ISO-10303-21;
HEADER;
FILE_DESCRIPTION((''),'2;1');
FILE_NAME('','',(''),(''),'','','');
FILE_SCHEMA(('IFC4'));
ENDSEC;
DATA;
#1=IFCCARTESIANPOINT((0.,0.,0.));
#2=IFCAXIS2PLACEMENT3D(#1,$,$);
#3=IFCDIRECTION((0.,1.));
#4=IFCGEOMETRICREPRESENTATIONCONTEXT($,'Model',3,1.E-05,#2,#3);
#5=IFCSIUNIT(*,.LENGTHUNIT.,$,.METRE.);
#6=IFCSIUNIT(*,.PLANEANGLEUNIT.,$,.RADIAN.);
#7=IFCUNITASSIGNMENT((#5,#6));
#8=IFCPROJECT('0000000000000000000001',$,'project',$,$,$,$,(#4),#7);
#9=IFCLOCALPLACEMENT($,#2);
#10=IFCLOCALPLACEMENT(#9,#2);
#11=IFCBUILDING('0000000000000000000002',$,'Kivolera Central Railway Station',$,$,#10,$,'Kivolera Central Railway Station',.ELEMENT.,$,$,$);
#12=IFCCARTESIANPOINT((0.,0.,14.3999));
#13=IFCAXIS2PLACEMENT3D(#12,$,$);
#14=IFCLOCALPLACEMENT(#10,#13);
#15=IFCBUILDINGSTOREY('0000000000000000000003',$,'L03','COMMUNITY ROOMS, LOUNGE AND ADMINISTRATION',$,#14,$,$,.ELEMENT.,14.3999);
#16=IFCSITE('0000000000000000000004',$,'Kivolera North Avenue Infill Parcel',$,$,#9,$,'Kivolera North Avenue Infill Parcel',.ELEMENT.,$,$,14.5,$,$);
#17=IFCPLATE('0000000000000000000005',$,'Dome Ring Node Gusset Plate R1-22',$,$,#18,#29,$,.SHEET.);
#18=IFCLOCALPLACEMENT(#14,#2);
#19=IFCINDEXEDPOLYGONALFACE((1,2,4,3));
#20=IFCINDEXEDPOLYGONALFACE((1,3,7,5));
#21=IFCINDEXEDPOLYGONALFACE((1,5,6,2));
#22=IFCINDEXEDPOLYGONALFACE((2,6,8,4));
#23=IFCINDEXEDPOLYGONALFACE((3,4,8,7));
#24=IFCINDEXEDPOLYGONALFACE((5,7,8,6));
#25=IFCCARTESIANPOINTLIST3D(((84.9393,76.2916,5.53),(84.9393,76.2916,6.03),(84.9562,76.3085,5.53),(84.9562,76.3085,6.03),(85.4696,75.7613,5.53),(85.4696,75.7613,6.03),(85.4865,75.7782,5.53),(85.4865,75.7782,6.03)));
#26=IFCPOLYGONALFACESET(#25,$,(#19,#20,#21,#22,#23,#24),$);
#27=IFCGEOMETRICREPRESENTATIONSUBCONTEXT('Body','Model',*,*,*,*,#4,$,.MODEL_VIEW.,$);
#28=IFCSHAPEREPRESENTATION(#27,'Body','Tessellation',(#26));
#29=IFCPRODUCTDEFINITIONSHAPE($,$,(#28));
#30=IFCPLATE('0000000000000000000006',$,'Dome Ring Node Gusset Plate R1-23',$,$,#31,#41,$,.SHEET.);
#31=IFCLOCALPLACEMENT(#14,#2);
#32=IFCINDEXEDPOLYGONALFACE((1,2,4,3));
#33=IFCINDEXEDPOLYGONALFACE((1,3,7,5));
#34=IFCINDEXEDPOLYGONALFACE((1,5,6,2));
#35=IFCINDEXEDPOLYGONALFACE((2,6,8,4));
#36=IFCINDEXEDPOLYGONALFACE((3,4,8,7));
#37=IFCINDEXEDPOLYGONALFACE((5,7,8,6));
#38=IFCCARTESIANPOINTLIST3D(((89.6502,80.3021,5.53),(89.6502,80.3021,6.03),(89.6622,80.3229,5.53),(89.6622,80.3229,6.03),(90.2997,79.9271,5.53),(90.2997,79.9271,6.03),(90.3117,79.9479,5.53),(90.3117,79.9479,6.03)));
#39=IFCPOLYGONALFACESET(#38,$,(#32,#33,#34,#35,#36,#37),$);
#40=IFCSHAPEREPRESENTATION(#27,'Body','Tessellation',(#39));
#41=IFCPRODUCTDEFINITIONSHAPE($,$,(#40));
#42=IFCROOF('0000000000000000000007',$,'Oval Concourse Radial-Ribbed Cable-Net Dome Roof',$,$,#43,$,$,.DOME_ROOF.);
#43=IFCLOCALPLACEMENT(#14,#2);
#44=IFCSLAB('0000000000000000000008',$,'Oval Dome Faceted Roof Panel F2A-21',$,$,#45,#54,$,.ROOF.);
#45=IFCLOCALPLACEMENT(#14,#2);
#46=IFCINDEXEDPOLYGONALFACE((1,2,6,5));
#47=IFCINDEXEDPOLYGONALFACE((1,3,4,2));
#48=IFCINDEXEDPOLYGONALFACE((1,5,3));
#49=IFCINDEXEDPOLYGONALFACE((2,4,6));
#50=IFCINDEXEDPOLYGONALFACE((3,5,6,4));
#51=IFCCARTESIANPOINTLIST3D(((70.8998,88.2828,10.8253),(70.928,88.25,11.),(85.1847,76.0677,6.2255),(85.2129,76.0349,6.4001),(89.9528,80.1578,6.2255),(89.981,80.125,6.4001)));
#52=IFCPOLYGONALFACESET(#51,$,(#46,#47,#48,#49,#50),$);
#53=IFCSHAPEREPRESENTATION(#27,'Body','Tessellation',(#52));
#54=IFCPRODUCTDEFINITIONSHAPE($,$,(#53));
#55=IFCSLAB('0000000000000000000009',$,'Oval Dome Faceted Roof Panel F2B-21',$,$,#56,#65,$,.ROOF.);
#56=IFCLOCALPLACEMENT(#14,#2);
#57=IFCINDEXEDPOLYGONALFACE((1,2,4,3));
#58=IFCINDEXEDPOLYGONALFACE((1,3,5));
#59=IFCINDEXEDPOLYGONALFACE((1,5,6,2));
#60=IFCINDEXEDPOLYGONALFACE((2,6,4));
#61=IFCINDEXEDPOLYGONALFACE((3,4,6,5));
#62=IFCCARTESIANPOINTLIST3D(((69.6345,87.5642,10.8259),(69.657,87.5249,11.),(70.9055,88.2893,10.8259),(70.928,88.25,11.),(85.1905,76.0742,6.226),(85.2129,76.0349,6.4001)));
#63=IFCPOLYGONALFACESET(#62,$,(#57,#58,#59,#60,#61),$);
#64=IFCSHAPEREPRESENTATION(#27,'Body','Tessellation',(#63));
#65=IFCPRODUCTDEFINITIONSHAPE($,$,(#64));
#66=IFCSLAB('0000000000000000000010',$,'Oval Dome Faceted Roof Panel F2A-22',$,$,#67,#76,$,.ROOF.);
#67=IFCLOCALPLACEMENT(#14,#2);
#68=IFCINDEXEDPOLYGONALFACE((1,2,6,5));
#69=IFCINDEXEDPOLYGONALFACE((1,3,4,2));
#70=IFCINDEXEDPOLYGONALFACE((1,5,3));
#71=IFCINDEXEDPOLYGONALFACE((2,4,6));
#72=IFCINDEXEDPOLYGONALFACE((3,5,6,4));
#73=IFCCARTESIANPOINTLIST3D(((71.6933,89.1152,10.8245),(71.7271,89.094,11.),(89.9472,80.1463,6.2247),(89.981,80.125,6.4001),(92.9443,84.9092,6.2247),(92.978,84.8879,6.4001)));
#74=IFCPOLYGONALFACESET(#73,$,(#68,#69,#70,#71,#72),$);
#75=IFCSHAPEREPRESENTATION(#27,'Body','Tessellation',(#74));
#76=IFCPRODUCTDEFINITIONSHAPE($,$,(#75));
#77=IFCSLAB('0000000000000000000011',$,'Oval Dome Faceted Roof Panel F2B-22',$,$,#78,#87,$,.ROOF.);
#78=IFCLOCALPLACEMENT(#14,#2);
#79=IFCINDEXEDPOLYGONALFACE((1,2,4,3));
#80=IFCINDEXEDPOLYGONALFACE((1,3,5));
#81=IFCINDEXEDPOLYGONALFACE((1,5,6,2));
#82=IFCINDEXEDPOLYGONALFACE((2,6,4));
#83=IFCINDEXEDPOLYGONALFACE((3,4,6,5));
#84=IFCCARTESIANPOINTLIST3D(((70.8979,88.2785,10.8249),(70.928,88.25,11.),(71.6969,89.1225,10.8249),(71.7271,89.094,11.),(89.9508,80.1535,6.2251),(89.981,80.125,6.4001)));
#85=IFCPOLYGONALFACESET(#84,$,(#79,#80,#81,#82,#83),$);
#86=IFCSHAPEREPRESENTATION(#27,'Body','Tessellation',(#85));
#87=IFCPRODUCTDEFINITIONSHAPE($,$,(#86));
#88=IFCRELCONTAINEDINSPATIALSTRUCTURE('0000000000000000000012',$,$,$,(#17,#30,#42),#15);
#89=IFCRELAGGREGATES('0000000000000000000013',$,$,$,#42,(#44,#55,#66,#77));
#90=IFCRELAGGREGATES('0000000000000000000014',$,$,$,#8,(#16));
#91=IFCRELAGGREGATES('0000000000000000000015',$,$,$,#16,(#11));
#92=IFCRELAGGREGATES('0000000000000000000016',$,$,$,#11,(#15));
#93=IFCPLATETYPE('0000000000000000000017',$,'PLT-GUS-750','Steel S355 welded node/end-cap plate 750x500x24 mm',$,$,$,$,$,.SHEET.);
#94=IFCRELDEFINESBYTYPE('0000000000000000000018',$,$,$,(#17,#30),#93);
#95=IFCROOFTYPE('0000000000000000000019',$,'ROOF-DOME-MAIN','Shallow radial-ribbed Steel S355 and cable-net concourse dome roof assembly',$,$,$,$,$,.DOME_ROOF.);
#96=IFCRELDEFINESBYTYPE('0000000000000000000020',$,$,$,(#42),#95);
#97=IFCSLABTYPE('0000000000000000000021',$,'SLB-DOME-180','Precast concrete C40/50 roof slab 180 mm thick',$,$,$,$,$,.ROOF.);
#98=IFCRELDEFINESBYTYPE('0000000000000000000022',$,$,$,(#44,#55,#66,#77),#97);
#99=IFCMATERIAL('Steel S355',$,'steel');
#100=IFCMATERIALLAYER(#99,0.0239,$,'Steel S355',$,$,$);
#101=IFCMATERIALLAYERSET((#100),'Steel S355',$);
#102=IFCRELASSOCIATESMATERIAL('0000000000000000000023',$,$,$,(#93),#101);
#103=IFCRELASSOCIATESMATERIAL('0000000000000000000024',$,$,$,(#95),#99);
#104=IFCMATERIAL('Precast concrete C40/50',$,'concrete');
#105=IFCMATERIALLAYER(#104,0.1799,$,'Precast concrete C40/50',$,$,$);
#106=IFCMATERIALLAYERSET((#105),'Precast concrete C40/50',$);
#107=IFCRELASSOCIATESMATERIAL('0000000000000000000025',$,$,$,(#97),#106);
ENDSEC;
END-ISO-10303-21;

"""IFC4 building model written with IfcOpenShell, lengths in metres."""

from ifc_helpers import new_model, si_unit, direction, frame, origin, origin_2d, place, context, subcontext, project, spatial, polyline, rectangle, outline, extrude, material, layer, layer_set, type_object, element, aggregate, save


model = new_model("IFC4")

# Units and contexts
model_context = context("Model", 3, precision=1e-05, world=origin(), true_north=direction((0.0, 1.0)))
body_context = subcontext(model_context, "Body", "Model", "MODEL_VIEW")
ifc_project = project(units=[si_unit("LENGTHUNIT", "METRE"), si_unit("PLANEANGLEUNIT", "RADIAN")], contexts=[model_context])

# Site, building, storey
site_placement = place(None, origin())
site = spatial("IfcSite", under=ifc_project, at=site_placement, Name="Kivolera North Avenue Infill Parcel", LongName="Kivolera North Avenue Infill Parcel", CompositionType="ELEMENT", RefElevation=14.5)
building_placement = place(site_placement, origin())
building = spatial("IfcBuilding", under=site, at=building_placement, Name="Kivolera Central Railway Station", LongName="Kivolera Central Railway Station", CompositionType="ELEMENT")
storey_placement = place(building_placement, frame((0.0, 0.0, 14.3999)))
storey = spatial("IfcBuildingStorey", under=building, at=storey_placement, Name="L03", Description="COMMUNITY ROOMS, LOUNGE AND ADMINISTRATION", CompositionType="ELEMENT", Elevation=14.3999)

# Shared definitions
ifc_material_1 = material(Name="Steel S355", Category="steel")

# Plates
ifc_layer_1 = layer(ifc_material_1, 0.0239, Name="Steel S355")
ifc_layer_set_1 = layer_set([ifc_layer_1], Name="Steel S355")
plate_type = type_object("IfcPlateType", Name="PLT-GUS-750", Description="Steel S355 welded node/end-cap plate 750x500x24 mm", PredefinedType="SHEET", material=ifc_layer_set_1)
for number, where, z_axis, x_axis, name in (
    (1, (85.2129, 76.0349, 5.53), (0.0, 0.0, 1.0), (0.707107, -0.707107, 0.0), "Dome Ring Node Gusset Plate R1-22"),
    (2, (89.981, 80.125, 5.53), (0.0, 0.0, 1.0), (0.866025, -0.5, 0.0), "Dome Ring Node Gusset Plate R1-23"),
):
    element("IfcPlate", number, at=place(storey_placement, frame(where, z_axis=z_axis, x_axis=x_axis)), inside=storey, type_object=plate_type, Name=name, PredefinedType="SHEET", context=body_context, shape_type="SweptSolid", body=[
        extrude(rectangle(XDim=0.75, YDim=0.0239, at=origin_2d()), origin(), (0.0, 0.0, 1.0), 0.5),
    ])

# Roof, slabs
roof_type = type_object("IfcRoofType", Name="ROOF-DOME-MAIN", Description="Shallow radial-ribbed Steel S355 and cable-net concourse dome roof assembly", PredefinedType="DOME_ROOF", material=ifc_material_1)
roof_placement = place(storey_placement, origin())
roof = element("IfcRoof", 3, at=roof_placement, inside=storey, type_object=roof_type, Name="Oval Concourse Radial-Ribbed Cable-Net Dome Roof", PredefinedType="DOME_ROOF")
ifc_material_2 = material(Name="Precast concrete C40/50", Category="concrete")
ifc_layer_2 = layer(ifc_material_2, 0.1799, Name="Precast concrete C40/50")
ifc_layer_set_2 = layer_set([ifc_layer_2], Name="Precast concrete C40/50")
slab_type = type_object("IfcSlabType", Name="SLB-DOME-180", Description="Precast concrete C40/50 roof slab 180 mm thick", PredefinedType="ROOF", material=ifc_layer_set_2)
slab_1_placement = place(storey_placement, frame((85.2129, 76.0349, 6.4001), z_axis=(0.156529, -0.182475, 0.970671), x_axis=(0.759007, 0.651083, 0.0)))
slab_1 = element("IfcSlab", 4, at=slab_1_placement, type_object=slab_type, Name="Oval Dome Faceted Roof Panel F2A-21", PredefinedType="ROOF", context=body_context, shape_type="SweptSolid", body=[
    extrude(outline(polyline([(0.0, 0.0), (6.282, 0.0), (-2.8893, 19.1332), (0.0, 0.0)])), origin(), (0.0, 0.0, -1.0), 0.1799),
])
slab_2_placement = place(storey_placement, frame((85.2129, 76.0349, 6.4001), z_axis=(0.124713, -0.218605, 0.967811), x_axis=(-0.738235, 0.631268, 0.237717)))
slab_2 = element("IfcSlab", 5, at=slab_2_placement, type_object=slab_type, Name="Oval Dome Faceted Roof Panel F2B-21", PredefinedType="ROOF", context=body_context, shape_type="SweptSolid", body=[
    extrude(outline(polyline([(0.0, 0.0), (19.3501, 0.0), (19.8306, 1.3821), (0.0, 0.0)])), origin(), (0.0, 0.0, -1.0), 0.1799),
])
slab_3_placement = place(storey_placement, frame((89.981, 80.125, 6.4001), z_axis=(0.187689, -0.118103, 0.975102), x_axis=(0.532582, 0.846378, 0.0)))
slab_3 = element("IfcSlab", 6, at=slab_3_placement, type_object=slab_type, Name="Oval Dome Faceted Roof Panel F2A-22", PredefinedType="ROOF", context=body_context, shape_type="SweptSolid", body=[
    extrude(outline(polyline([(0.0, 0.0), (5.6274, 0.0), (-2.1305, 20.7429), (0.0, 0.0)])), origin(), (0.0, 0.0, -1.0), 0.1799),
])
slab_4_placement = place(storey_placement, frame((89.981, 80.125, 6.4001), z_axis=(0.167356, -0.158449, 0.973081), x_axis=(-0.875402, 0.430126, 0.220595)))
slab_4 = element("IfcSlab", 7, at=slab_4_placement, type_object=slab_type, Name="Oval Dome Faceted Roof Panel F2B-22", PredefinedType="ROOF", context=body_context, shape_type="SweptSolid", body=[
    extrude(outline(polyline([(0.0, 0.0), (20.852, 0.0), (21.1885, 1.1125), (0.0, 0.0)])), origin(), (0.0, 0.0, -1.0), 0.1799),
])
aggregate(roof, [slab_1, slab_2, slab_3, slab_4])

save(model, "model.ifc")
